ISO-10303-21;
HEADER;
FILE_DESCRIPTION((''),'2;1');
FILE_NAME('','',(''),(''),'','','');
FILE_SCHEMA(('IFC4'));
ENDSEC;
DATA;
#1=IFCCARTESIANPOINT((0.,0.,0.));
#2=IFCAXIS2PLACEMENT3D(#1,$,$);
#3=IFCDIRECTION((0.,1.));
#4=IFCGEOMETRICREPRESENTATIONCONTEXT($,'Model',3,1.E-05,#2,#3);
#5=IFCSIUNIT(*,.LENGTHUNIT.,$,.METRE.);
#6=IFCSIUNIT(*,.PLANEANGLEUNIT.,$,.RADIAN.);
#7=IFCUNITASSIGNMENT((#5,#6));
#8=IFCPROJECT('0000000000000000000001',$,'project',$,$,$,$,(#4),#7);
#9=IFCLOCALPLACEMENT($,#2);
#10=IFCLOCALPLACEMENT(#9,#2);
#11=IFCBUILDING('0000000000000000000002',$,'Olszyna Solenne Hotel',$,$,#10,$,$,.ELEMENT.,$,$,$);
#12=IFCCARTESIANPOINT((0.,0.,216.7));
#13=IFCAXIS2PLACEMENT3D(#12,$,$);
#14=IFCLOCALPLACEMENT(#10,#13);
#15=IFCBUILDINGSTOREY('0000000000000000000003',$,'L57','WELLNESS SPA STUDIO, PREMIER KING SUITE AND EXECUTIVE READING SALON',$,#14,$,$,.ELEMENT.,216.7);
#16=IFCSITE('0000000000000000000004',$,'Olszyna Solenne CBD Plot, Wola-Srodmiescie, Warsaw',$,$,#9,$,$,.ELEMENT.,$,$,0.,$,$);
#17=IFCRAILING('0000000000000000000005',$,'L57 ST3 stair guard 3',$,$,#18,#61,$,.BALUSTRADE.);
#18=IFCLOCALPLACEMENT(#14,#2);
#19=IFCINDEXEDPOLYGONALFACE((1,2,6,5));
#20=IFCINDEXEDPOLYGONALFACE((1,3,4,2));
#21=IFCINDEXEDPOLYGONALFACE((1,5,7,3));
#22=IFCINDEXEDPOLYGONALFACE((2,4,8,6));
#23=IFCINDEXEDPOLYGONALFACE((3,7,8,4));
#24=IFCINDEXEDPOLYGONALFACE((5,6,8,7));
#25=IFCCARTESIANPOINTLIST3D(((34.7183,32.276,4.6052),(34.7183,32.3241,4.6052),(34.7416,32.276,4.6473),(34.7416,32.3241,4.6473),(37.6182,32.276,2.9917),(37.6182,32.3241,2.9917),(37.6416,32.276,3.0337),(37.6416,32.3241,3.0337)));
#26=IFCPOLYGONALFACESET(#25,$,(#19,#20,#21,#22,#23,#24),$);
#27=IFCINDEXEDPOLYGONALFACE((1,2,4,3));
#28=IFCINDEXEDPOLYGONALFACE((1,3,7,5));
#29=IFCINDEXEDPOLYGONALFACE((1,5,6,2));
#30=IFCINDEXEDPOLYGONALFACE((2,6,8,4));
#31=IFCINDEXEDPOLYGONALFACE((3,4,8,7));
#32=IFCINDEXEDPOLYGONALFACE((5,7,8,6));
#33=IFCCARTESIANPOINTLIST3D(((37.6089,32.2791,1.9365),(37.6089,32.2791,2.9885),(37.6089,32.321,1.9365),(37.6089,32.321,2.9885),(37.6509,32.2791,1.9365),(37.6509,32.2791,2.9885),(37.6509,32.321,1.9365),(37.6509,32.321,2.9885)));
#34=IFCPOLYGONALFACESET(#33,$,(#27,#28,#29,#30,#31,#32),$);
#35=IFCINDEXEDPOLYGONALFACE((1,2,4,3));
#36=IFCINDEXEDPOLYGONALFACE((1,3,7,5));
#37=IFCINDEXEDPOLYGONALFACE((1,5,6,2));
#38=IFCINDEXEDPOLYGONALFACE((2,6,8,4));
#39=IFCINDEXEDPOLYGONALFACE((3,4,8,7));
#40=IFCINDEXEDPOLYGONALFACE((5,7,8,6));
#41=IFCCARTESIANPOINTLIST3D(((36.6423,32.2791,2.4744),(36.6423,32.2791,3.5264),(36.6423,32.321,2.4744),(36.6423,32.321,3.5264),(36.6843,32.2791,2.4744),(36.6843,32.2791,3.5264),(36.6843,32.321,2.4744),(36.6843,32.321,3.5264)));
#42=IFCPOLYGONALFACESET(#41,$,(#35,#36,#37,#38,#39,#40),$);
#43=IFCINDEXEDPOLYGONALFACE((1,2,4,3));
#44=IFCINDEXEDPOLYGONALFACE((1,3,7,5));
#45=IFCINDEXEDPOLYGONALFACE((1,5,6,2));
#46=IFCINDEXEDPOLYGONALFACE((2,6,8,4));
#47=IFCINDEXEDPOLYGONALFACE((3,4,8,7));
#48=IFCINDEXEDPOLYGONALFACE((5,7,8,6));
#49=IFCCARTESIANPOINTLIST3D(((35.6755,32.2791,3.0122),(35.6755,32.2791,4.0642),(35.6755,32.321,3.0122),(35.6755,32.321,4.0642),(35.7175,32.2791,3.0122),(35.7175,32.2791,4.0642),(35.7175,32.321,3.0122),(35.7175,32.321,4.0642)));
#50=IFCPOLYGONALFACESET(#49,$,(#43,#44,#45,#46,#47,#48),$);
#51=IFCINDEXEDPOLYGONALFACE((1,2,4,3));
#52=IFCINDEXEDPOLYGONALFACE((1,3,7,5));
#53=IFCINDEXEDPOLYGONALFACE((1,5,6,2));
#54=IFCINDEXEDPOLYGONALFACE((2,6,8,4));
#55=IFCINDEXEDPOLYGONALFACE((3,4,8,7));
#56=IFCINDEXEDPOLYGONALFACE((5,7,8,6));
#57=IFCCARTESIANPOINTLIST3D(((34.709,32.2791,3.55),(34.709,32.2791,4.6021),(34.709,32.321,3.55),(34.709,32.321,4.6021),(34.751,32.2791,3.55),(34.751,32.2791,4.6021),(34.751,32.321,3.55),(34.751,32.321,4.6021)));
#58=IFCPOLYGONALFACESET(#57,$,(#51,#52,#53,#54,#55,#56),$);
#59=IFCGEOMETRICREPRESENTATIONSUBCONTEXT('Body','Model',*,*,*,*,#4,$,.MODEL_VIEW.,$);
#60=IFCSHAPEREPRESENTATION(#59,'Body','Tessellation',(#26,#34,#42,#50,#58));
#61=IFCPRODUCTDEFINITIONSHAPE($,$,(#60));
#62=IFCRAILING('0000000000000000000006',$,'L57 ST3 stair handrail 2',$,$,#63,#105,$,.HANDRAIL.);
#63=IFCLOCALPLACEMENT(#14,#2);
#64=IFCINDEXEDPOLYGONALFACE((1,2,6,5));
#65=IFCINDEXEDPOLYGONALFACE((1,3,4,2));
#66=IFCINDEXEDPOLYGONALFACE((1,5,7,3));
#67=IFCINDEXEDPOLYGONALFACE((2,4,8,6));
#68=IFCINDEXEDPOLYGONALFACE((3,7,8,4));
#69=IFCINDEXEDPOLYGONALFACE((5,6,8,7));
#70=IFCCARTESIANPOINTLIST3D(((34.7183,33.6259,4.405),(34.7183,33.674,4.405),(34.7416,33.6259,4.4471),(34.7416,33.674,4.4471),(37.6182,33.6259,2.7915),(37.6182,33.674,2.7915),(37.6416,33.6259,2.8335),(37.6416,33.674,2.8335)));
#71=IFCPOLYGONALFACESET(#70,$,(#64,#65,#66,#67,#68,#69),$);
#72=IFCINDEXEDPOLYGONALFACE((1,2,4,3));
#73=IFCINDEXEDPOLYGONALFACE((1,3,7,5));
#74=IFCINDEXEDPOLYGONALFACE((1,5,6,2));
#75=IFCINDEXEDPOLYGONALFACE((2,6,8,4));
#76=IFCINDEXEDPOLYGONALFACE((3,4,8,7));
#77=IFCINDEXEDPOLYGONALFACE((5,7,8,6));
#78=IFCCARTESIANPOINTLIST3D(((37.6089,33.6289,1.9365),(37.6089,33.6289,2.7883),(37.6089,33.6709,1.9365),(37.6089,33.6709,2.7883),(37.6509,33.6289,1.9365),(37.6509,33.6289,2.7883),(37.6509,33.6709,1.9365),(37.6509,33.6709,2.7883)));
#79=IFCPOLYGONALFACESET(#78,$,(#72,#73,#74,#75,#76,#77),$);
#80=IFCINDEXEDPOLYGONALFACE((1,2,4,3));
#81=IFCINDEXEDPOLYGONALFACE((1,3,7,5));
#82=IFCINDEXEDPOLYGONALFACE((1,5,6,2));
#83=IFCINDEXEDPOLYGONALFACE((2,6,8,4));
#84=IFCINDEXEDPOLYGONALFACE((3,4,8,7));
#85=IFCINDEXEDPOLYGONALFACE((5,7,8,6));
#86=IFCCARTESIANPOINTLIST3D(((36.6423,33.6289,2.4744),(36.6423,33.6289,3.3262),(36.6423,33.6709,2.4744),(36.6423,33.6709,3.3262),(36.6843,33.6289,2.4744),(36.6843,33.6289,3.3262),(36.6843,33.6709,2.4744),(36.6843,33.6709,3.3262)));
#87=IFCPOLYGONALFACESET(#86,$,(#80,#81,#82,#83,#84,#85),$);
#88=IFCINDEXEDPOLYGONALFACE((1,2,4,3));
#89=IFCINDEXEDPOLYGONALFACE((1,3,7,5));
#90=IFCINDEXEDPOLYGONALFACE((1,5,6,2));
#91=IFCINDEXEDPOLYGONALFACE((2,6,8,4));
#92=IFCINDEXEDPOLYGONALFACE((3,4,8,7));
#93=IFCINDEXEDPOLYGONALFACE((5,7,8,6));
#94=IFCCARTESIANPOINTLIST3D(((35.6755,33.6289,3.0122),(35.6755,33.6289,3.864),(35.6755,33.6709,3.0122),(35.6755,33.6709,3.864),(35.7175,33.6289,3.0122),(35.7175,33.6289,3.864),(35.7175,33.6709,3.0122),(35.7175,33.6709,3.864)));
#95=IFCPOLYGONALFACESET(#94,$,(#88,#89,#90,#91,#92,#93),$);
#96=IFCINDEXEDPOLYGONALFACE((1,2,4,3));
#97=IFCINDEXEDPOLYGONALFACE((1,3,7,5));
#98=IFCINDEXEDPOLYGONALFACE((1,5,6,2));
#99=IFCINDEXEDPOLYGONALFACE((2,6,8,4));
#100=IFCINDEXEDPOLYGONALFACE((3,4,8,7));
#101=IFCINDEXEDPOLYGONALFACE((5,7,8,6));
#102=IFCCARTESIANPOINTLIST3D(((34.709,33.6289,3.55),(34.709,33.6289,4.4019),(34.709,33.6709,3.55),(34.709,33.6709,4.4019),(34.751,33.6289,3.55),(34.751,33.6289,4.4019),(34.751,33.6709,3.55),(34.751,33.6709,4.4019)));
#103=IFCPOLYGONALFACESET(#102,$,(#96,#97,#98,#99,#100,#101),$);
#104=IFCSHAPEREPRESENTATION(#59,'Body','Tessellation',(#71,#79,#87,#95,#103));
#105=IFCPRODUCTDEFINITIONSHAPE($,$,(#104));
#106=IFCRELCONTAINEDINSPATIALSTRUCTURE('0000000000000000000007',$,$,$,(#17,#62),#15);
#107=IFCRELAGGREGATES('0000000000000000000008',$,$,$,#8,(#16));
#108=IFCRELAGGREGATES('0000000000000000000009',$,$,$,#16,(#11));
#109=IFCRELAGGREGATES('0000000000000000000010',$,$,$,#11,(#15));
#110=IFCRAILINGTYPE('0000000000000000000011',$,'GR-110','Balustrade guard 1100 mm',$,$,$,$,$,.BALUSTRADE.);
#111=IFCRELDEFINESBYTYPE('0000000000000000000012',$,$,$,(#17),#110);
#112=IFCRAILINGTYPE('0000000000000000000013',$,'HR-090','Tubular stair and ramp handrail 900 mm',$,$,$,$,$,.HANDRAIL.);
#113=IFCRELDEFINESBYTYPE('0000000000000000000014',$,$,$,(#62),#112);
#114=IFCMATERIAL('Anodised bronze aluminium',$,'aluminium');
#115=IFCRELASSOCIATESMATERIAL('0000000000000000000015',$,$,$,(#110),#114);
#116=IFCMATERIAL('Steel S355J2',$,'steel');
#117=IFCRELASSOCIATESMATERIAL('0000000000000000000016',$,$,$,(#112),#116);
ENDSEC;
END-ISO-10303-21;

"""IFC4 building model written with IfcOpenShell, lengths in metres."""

from ifc_helpers import new_model, si_unit, direction, frame, origin, origin_2d, place, context, subcontext, project, spatial, rectangle, extrude, material, type_object, element, save


model = new_model("IFC4")

# Units and contexts
model_context = context("Model", 3, precision=1e-05, world=origin(), true_north=direction((0.0, 1.0)))
body_context = subcontext(model_context, "Body", "Model", "MODEL_VIEW")
ifc_project = project(units=[si_unit("LENGTHUNIT", "METRE"), si_unit("PLANEANGLEUNIT", "RADIAN")], contexts=[model_context])

# Site, building, storey
site_placement = place(None, origin())
site = spatial("IfcSite", under=ifc_project, at=site_placement, Name="Olszyna Solenne CBD Plot, Wola-Srodmiescie, Warsaw", CompositionType="ELEMENT", RefElevation=0.0)
building_placement = place(site_placement, origin())
building = spatial("IfcBuilding", under=site, at=building_placement, Name="Olszyna Solenne Hotel", CompositionType="ELEMENT")
storey_placement = place(building_placement, frame((0.0, 0.0, 216.7)))
storey = spatial("IfcBuildingStorey", under=building, at=storey_placement, Name="L57", Description="WELLNESS SPA STUDIO, PREMIER KING SUITE AND EXECUTIVE READING SALON", CompositionType="ELEMENT", Elevation=216.7)

# Shared definitions
ifc_material_1 = material(Name="Steel S355J2", Category="steel")

# Shared definitions
ifc_material_2 = material(Name="Anodised bronze aluminium", Category="aluminium")

# Railings
railing_type_1 = type_object("IfcRailingType", Name="GR-110", Description="Balustrade guard 1100 mm", PredefinedType="BALUSTRADE", material=ifc_material_2)
railing_1_placement = place(storey_placement, frame((37.6299, 32.3, 1.9365)))
element("IfcRailing", 1, at=railing_1_placement, inside=storey, type_object=railing_type_1, Name="L57 ST3 stair guard 3", PredefinedType="BALUSTRADE", context=body_context, shape_type="SweptSolid", body=[
    extrude(rectangle(XDim=0.0481, YDim=0.0481, at=origin_2d()), frame((0.0, 0.0, 1.0762), z_axis=(-0.873841, 0.0, 0.486211), x_axis=(0.0, -1.0, 0.0)), (0.0, 0.0, 1.0), 3.3186),
    extrude(rectangle(XDim=0.042, YDim=0.042, at=origin_2d()), origin(), (0.0, 0.0, 1.0), 1.052),
    extrude(rectangle(XDim=0.042, YDim=0.042, at=origin_2d()), frame((-0.9666, 0.0, 0.5378)), (0.0, 0.0, 1.0), 1.052),
    extrude(rectangle(XDim=0.042, YDim=0.042, at=origin_2d()), frame((-1.9333, 0.0, 1.0757)), (0.0, 0.0, 1.0), 1.052),
    extrude(rectangle(XDim=0.042, YDim=0.042, at=origin_2d()), frame((-2.8999, 0.0, 1.6135)), (0.0, 0.0, 1.0), 1.052),
])
railing_type_2 = type_object("IfcRailingType", Name="HR-090", Description="Tubular stair and ramp handrail 900 mm", PredefinedType="HANDRAIL", material=ifc_material_1)
railing_2_placement = place(storey_placement, frame((37.6299, 33.6499, 1.9365)))
element("IfcRailing", 2, at=railing_2_placement, inside=storey, type_object=railing_type_2, Name="L57 ST3 stair handrail 2", PredefinedType="HANDRAIL", context=body_context, shape_type="SweptSolid", body=[
    extrude(rectangle(XDim=0.0481, YDim=0.0481, at=origin_2d()), frame((0.0, 0.0, 0.876), z_axis=(-0.873841, 0.0, 0.486211), x_axis=(0.0, -1.0, 0.0)), (0.0, 0.0, 1.0), 3.3186),
    extrude(rectangle(XDim=0.042, YDim=0.042, at=origin_2d()), origin(), (0.0, 0.0, 1.0), 0.8518),
    extrude(rectangle(XDim=0.042, YDim=0.042, at=origin_2d()), frame((-0.9666, 0.0, 0.5378)), (0.0, 0.0, 1.0), 0.8518),
    extrude(rectangle(XDim=0.042, YDim=0.042, at=origin_2d()), frame((-1.9333, 0.0, 1.0757)), (0.0, 0.0, 1.0), 0.8518),
    extrude(rectangle(XDim=0.042, YDim=0.042, at=origin_2d()), frame((-2.8999, 0.0, 1.6135)), (0.0, 0.0, 1.0), 0.8518),
])

save(model, "model.ifc")
